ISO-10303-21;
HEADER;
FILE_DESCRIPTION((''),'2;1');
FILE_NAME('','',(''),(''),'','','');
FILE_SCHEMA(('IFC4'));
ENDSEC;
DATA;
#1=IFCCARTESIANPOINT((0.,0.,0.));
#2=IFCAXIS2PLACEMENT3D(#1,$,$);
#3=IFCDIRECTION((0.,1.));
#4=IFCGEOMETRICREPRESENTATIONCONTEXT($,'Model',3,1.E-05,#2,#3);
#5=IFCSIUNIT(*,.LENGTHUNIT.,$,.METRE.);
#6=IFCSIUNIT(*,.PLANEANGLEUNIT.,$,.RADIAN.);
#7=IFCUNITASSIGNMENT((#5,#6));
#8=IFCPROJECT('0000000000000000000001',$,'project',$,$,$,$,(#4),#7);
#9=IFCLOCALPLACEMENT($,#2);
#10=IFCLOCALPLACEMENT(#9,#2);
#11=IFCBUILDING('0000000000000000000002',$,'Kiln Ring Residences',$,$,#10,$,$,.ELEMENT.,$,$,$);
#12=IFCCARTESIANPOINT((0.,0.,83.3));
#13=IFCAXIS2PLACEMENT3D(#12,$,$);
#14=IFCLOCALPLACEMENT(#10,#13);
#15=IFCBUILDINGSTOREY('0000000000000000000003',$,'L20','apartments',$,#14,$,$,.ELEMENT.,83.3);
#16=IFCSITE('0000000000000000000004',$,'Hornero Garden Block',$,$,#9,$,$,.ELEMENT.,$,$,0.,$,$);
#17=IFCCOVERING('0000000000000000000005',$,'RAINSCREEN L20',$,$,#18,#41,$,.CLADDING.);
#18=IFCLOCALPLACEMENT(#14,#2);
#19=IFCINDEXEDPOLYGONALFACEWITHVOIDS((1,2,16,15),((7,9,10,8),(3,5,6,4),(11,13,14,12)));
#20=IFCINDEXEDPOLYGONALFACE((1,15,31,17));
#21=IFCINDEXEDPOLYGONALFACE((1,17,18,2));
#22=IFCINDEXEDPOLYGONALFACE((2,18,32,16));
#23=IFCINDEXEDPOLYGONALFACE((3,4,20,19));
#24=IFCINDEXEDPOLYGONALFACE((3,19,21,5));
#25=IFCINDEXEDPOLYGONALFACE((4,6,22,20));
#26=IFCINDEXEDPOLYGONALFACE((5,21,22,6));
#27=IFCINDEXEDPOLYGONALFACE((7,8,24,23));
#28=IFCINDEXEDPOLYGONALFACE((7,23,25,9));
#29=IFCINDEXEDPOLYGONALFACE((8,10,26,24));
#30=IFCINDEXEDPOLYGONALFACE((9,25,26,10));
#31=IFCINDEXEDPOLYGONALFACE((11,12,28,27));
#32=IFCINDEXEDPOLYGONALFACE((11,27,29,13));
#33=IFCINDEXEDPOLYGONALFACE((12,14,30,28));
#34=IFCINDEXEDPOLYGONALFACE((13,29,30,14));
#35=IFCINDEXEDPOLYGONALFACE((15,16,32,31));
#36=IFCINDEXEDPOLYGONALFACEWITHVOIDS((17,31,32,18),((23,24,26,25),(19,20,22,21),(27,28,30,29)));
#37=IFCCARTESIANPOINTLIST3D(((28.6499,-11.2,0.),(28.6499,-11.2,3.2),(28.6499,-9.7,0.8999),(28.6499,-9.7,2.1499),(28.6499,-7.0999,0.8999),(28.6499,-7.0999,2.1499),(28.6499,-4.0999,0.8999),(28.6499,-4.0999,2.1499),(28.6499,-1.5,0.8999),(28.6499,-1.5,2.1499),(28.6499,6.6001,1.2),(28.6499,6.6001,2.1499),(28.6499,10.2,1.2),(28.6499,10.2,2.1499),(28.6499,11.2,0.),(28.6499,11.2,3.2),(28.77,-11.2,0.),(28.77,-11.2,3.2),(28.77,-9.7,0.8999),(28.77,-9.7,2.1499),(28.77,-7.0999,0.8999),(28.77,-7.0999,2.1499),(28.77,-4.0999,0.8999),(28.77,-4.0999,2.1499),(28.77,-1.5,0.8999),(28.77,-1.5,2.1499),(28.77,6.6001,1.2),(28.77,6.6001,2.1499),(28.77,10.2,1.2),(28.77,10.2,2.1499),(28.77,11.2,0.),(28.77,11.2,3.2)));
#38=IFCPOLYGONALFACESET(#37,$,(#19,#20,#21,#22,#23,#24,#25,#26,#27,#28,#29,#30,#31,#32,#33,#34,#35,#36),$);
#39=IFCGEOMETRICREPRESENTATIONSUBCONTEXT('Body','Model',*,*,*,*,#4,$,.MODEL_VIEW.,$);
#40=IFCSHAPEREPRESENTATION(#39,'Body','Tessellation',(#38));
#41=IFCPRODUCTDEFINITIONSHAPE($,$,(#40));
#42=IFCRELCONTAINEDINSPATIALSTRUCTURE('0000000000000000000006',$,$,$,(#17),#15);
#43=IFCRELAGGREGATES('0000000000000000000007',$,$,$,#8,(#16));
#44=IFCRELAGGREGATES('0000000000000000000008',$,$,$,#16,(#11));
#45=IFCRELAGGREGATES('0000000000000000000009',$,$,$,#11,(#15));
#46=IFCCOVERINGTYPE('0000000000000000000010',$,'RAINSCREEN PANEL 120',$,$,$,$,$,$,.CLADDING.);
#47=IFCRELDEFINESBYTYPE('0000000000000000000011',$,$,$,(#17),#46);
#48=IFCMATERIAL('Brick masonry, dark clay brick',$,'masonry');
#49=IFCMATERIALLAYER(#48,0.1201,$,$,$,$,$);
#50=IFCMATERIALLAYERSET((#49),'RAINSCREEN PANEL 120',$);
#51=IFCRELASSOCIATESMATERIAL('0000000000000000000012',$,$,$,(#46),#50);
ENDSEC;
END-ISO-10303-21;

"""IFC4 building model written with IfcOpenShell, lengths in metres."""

from ifc_helpers import new_model, si_unit, direction, frame, origin, place, context, subcontext, project, spatial, polyline, outline, extrude, material, layer, layer_set, type_object, element, save


model = new_model("IFC4")

# Units and contexts
model_context = context("Model", 3, precision=1e-05, world=origin(), true_north=direction((0.0, 1.0)))
body_context = subcontext(model_context, "Body", "Model", "MODEL_VIEW")
ifc_project = project(units=[si_unit("LENGTHUNIT", "METRE"), si_unit("PLANEANGLEUNIT", "RADIAN")], contexts=[model_context])

# Site, building, storey
site_placement = place(None, origin())
site = spatial("IfcSite", under=ifc_project, at=site_placement, Name="Hornero Garden Block", CompositionType="ELEMENT", RefElevation=0.0)
building_placement = place(site_placement, origin())
building = spatial("IfcBuilding", under=site, at=building_placement, Name="Kiln Ring Residences", CompositionType="ELEMENT")
storey_placement = place(building_placement, frame((0.0, 0.0, 83.3)))
storey = spatial("IfcBuildingStorey", under=building, at=storey_placement, Name="L20", Description="apartments", CompositionType="ELEMENT", Elevation=83.3)

# Covering
ifc_material_1 = material(Name="Brick masonry, dark clay brick", Category="masonry")
ifc_layer_1 = layer(ifc_material_1, 0.1201)
ifc_layer_set_1 = layer_set([ifc_layer_1], Name="RAINSCREEN PANEL 120")
covering_type = type_object("IfcCoveringType", Name="RAINSCREEN PANEL 120", PredefinedType="CLADDING", material=ifc_layer_set_1)
covering_placement = place(storey_placement, frame((28.71, -11.2, 0.0), z_axis=(0.0, 0.0, 1.0), x_axis=(0.0, 1.0, 0.0)))
element("IfcCovering", 1, at=covering_placement, inside=storey, type_object=covering_type, Name="RAINSCREEN L20", PredefinedType="CLADDING", context=body_context, shape_type="SweptSolid", body=[
    extrude(outline(polyline([(0.0, 0.0), (22.3999, 0.0), (22.3999, 3.2), (0.0, 3.2), (0.0, 0.0)]), holes=[polyline([(4.1001, 2.1499), (1.5, 2.1499), (1.5, 0.8999), (4.1001, 0.8999), (4.1001, 2.1499)]), polyline([(9.7, 0.8999), (9.7, 2.1499), (7.1001, 2.1499), (7.1001, 0.8999), (9.7, 0.8999)]), polyline([(21.3999, 1.2), (21.3999, 2.1499), (17.8, 2.1499), (17.8, 1.2), (21.3999, 1.2)])]), frame((0.0, 0.0601, 0.0), z_axis=(0.0, -1.0, 0.0), x_axis=(1.0, 0.0, 0.0)), (0.0, 0.0, 1.0), 0.1201),
])

save(model, "model.ifc")
